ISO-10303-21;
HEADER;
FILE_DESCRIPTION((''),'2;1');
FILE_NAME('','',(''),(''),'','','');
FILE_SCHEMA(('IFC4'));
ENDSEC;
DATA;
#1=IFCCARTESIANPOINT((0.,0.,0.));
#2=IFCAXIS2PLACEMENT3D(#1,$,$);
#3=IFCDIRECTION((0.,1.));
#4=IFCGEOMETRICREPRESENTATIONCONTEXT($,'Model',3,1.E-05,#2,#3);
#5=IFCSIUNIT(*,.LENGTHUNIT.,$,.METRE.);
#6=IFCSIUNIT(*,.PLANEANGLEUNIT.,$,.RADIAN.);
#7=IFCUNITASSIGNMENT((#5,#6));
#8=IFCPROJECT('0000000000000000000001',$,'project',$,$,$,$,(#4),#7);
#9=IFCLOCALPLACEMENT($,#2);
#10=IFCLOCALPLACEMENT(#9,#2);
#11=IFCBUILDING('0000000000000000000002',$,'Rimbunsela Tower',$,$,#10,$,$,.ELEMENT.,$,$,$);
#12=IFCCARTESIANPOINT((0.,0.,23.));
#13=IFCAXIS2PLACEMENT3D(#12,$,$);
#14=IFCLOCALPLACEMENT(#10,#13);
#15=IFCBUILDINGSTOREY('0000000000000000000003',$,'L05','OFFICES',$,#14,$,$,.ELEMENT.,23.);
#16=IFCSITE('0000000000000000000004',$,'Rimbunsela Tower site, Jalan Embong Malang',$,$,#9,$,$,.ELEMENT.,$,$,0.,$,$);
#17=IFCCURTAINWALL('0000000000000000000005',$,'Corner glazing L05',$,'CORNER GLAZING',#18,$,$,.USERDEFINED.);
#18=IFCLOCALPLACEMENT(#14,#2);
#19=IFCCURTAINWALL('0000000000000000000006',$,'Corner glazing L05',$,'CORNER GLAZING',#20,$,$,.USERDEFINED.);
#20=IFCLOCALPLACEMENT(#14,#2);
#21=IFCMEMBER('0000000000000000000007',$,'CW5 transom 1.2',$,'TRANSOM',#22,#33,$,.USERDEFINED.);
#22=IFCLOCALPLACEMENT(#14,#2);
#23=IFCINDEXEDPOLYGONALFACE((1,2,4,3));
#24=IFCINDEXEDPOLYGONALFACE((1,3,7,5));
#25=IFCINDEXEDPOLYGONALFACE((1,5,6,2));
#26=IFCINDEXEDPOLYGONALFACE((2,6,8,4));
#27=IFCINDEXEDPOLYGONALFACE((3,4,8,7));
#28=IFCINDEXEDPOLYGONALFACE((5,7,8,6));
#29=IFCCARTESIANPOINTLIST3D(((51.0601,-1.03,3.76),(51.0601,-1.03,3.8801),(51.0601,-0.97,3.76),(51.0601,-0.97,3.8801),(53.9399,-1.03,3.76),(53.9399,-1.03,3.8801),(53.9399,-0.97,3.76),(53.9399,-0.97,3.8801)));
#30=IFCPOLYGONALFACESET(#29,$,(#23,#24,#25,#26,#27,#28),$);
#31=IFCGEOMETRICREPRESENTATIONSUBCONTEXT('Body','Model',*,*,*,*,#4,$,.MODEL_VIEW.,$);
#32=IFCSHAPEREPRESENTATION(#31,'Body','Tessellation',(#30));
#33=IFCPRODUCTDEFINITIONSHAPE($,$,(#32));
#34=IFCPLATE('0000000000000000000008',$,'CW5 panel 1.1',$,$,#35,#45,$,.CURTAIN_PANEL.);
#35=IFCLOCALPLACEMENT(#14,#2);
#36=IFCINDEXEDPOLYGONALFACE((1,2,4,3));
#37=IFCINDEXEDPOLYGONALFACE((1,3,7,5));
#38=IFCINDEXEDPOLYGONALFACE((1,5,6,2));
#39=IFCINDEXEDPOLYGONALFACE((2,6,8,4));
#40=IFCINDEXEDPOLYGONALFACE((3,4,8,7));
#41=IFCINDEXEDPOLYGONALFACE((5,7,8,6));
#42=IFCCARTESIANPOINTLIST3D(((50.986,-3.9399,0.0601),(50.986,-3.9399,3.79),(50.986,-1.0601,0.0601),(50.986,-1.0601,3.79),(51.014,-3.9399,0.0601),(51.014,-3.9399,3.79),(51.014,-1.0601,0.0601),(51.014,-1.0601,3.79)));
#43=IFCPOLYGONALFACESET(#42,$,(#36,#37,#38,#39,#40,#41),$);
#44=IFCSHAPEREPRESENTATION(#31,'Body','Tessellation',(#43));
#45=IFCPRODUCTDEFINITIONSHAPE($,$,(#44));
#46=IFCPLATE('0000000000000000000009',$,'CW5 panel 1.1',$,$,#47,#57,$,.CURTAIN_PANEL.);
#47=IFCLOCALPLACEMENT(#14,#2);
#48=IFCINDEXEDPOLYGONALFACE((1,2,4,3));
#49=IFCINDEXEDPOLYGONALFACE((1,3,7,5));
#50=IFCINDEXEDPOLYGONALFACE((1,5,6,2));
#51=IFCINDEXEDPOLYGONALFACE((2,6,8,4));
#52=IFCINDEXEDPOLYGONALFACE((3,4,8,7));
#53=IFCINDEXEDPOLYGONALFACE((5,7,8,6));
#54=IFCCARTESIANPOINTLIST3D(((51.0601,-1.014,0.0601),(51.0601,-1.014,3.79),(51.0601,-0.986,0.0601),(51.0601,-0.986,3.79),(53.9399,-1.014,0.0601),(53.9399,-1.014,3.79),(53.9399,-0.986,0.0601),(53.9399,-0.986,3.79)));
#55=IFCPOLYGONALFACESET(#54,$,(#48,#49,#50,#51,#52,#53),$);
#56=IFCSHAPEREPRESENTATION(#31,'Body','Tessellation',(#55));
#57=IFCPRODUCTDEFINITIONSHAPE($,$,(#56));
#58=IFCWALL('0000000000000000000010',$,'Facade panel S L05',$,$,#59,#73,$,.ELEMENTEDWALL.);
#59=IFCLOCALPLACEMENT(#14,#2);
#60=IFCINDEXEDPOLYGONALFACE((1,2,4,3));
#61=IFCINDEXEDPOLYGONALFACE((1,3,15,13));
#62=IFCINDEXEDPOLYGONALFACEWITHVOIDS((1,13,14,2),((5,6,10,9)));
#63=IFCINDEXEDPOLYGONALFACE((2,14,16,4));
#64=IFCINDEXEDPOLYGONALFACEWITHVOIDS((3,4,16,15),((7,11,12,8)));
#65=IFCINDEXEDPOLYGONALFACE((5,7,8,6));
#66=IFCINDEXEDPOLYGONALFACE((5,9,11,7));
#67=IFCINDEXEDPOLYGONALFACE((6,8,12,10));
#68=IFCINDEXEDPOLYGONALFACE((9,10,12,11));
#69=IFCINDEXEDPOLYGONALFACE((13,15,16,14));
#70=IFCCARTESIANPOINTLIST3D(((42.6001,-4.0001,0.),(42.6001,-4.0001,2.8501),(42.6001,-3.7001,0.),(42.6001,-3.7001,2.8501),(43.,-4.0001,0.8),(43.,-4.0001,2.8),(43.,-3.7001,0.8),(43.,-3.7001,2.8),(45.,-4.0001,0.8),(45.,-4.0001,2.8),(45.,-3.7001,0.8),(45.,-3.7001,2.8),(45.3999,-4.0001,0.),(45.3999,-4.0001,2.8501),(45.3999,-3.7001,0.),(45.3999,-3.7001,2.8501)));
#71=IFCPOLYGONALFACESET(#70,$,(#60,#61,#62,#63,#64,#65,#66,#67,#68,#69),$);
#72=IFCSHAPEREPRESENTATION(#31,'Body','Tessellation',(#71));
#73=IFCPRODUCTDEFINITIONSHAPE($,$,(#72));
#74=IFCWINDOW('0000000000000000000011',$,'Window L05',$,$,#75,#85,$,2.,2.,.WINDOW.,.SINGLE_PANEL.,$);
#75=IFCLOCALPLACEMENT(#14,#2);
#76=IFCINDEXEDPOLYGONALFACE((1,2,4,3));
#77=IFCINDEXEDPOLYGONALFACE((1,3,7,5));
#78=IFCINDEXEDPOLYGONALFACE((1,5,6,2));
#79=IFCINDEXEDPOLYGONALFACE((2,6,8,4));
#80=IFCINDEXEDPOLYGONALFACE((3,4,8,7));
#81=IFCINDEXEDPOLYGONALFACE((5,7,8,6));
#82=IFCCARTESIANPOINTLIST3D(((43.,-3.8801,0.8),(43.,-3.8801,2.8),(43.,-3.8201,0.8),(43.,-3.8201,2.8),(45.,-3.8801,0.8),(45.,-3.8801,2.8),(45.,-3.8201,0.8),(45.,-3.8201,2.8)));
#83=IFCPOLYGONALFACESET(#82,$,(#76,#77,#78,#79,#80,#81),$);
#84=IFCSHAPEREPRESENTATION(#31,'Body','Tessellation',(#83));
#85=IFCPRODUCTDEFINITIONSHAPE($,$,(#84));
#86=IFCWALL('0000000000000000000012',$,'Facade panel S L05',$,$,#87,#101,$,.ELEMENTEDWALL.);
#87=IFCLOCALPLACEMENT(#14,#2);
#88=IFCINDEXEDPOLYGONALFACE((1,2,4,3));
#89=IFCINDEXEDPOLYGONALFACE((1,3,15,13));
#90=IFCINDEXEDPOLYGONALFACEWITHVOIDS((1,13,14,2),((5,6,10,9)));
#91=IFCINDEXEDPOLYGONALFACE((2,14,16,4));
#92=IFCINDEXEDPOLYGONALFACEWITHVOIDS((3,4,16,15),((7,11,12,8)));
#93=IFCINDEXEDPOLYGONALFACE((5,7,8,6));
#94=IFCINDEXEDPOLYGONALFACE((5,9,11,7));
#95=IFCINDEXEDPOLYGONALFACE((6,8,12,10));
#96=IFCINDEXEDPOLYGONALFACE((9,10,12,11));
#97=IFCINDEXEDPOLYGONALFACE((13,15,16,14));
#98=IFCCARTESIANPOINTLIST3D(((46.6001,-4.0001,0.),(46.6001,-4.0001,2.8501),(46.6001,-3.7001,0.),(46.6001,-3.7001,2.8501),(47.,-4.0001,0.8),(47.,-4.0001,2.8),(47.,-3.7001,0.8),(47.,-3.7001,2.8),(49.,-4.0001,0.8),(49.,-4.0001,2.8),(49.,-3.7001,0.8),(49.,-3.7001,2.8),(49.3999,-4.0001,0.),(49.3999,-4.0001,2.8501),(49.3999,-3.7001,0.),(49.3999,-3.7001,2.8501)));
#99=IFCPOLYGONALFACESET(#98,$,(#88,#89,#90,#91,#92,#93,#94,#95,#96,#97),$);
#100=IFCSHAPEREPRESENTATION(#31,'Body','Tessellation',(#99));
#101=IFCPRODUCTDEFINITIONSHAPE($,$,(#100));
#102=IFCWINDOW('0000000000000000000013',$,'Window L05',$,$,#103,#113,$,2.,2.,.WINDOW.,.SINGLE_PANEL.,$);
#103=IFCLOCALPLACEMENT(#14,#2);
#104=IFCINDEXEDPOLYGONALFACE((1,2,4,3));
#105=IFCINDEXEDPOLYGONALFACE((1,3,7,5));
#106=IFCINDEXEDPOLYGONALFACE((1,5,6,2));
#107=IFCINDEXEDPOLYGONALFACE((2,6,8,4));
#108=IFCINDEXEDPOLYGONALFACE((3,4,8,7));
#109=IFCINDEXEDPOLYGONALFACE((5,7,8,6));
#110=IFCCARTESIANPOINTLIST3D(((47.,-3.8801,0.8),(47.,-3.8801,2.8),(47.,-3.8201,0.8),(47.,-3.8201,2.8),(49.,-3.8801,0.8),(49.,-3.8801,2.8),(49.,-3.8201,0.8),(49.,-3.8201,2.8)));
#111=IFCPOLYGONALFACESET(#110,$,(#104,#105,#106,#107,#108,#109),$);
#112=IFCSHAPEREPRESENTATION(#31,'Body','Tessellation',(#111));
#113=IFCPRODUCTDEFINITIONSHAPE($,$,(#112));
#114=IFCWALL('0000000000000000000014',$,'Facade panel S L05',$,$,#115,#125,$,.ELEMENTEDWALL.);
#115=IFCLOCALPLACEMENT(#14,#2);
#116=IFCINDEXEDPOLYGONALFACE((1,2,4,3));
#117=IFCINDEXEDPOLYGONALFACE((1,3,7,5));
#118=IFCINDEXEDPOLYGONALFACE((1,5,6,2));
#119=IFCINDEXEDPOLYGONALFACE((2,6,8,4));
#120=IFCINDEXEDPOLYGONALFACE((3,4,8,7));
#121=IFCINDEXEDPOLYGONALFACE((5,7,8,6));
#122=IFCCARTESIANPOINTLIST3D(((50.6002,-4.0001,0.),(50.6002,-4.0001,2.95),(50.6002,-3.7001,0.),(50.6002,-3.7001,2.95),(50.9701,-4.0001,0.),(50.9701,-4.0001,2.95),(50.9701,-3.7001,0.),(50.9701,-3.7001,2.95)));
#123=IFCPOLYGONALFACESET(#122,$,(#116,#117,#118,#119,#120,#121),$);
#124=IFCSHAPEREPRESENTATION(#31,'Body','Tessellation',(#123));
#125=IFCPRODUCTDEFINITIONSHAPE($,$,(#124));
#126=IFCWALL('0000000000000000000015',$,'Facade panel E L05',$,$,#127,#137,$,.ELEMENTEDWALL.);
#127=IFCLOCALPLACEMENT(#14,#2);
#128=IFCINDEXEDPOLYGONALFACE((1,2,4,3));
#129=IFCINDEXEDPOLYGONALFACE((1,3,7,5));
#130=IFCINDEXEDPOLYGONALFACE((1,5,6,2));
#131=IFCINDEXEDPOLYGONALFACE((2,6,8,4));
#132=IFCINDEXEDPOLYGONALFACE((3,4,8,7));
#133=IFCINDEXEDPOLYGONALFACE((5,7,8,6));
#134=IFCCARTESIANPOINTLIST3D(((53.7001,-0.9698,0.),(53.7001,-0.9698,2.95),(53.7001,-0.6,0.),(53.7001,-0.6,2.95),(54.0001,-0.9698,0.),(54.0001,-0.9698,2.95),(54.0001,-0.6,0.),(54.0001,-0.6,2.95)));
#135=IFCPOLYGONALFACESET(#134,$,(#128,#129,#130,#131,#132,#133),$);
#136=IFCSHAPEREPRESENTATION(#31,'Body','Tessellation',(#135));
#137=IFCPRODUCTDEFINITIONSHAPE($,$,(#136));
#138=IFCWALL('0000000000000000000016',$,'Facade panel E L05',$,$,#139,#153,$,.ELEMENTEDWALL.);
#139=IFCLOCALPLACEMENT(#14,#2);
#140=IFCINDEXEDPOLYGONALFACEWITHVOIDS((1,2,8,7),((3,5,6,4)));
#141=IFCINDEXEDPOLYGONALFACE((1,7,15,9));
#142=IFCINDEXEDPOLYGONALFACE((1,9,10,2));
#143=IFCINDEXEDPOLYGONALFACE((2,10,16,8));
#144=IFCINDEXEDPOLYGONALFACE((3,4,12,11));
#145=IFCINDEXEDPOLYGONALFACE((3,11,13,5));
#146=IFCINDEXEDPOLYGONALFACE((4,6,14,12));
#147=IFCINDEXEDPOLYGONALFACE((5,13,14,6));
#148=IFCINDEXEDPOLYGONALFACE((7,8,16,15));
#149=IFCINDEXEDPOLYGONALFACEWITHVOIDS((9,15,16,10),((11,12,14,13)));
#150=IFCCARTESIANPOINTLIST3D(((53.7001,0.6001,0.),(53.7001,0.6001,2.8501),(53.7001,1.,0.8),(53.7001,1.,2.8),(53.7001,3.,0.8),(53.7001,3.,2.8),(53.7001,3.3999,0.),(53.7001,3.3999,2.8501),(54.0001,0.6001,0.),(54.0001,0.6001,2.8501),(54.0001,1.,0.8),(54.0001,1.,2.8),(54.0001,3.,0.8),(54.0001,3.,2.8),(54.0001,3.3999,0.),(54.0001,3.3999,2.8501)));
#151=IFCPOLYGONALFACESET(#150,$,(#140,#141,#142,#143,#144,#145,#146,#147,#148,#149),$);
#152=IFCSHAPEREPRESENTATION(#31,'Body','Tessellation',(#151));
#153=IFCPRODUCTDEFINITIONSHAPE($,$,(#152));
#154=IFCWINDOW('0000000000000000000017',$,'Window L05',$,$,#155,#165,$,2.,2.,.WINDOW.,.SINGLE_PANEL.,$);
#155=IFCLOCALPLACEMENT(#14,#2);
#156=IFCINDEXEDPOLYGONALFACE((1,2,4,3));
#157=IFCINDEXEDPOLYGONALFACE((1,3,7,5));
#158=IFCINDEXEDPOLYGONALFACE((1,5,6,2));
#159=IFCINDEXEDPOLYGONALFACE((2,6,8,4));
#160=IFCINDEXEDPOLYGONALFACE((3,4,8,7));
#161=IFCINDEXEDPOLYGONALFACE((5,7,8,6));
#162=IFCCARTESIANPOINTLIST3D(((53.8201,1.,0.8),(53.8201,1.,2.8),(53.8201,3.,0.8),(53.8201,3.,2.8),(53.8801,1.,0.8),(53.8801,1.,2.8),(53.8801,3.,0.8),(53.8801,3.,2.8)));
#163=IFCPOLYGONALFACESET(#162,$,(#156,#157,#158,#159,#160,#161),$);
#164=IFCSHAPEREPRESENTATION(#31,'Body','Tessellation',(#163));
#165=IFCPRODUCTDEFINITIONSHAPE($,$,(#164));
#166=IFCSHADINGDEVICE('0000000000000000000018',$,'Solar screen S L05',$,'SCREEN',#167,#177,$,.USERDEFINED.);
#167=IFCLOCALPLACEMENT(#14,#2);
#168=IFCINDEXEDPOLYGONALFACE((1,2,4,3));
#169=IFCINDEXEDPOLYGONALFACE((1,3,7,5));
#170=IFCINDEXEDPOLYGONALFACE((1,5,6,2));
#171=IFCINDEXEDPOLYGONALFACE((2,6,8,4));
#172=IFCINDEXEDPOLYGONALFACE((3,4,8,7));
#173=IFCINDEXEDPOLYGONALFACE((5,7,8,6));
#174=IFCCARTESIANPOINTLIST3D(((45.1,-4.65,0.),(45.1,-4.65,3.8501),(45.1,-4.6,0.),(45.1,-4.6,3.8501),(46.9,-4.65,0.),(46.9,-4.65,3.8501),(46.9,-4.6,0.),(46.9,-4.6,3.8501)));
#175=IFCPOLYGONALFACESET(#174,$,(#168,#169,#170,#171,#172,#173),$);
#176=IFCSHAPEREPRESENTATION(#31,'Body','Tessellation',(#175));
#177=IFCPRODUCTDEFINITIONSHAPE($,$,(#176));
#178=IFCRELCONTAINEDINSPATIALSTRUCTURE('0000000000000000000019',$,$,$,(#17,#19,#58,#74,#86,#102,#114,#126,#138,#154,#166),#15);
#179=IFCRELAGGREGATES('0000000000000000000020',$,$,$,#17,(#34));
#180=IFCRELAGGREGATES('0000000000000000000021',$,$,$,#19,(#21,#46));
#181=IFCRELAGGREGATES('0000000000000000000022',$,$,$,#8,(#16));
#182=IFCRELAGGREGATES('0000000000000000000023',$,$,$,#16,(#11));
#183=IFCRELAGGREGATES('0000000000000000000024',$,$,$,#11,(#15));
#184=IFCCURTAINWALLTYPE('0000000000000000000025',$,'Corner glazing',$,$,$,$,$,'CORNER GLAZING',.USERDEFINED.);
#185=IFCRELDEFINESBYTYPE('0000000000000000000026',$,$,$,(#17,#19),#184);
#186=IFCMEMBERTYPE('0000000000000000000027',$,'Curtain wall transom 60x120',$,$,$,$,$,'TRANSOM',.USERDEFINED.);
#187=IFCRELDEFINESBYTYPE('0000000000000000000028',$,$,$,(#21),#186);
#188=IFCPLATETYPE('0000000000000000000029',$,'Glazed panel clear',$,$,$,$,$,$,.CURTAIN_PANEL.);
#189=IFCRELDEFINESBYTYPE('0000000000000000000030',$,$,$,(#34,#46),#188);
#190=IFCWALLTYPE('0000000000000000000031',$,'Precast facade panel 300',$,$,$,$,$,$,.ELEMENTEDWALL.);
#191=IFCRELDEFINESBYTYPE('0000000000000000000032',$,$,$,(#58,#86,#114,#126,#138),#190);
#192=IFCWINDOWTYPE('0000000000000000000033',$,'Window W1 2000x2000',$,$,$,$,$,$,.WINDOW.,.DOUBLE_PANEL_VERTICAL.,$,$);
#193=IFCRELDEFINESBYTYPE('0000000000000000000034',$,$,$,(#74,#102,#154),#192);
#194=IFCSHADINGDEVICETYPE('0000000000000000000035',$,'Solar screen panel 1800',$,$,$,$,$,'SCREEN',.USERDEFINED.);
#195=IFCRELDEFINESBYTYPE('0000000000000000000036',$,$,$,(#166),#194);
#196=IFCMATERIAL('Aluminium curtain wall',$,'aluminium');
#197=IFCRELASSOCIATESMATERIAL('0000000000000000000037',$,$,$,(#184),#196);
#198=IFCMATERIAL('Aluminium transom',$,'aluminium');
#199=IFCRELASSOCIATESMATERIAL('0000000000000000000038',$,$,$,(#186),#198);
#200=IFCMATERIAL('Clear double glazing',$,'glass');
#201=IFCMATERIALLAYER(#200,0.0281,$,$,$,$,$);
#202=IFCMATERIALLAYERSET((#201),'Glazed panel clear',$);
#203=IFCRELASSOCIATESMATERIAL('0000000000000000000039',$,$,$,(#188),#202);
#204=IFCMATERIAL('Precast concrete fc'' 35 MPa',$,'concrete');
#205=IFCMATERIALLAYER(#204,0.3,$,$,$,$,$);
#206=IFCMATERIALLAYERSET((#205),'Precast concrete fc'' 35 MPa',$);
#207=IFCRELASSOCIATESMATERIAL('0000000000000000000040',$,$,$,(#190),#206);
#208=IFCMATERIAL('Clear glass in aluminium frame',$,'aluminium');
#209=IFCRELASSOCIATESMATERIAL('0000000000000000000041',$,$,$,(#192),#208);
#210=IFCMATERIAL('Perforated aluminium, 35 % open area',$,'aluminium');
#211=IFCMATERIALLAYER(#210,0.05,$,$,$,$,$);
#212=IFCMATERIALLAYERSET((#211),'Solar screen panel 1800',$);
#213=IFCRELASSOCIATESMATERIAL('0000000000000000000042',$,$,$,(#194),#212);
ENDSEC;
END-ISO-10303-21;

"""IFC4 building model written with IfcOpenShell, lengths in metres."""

from ifc_helpers import new_model, si_unit, direction, frame, frame_2d, origin, origin_2d, place, context, subcontext, project, spatial, rectangle, extrude, material, layer, layer_set, material_profile, profile_set, type_object, element, fill, aggregate, save


model = new_model("IFC4")

# Units and contexts
model_context = context("Model", 3, precision=1e-05, world=origin(), true_north=direction((0.0, 1.0)))
body_context = subcontext(model_context, "Body", "Model", "MODEL_VIEW")
ifc_project = project(units=[si_unit("LENGTHUNIT", "METRE"), si_unit("PLANEANGLEUNIT", "RADIAN")], contexts=[model_context])

# Site, building, storey
site_placement = place(None, origin())
site = spatial("IfcSite", under=ifc_project, at=site_placement, Name="Rimbunsela Tower site, Jalan Embong Malang", CompositionType="ELEMENT", RefElevation=0.0)
building_placement = place(site_placement, origin())
building = spatial("IfcBuilding", under=site, at=building_placement, Name="Rimbunsela Tower", CompositionType="ELEMENT")
storey_placement = place(building_placement, frame((0.0, 0.0, 23.0)))
storey = spatial("IfcBuildingStorey", under=building, at=storey_placement, Name="L05", Description="OFFICES", CompositionType="ELEMENT", Elevation=23.0)

# Curtain walls
ifc_material_1 = material(Name="Aluminium curtain wall", Category="aluminium")
curtain_wall_type = type_object("IfcCurtainWallType", Name="Corner glazing", ElementType="CORNER GLAZING", PredefinedType="USERDEFINED", material=ifc_material_1)
curtain_wall_1_placement = place(storey_placement, origin())
curtain_wall_1 = element("IfcCurtainWall", 1, at=curtain_wall_1_placement, inside=storey, type_object=curtain_wall_type, Name="Corner glazing L05", ObjectType="CORNER GLAZING", PredefinedType="USERDEFINED")
curtain_wall_2_placement = place(storey_placement, origin())
curtain_wall_2 = element("IfcCurtainWall", 2, at=curtain_wall_2_placement, inside=storey, type_object=curtain_wall_type, Name="Corner glazing L05", ObjectType="CORNER GLAZING", PredefinedType="USERDEFINED")

# Member
ifc_material_2 = material(Name="Aluminium transom", Category="aluminium")
ifc_material_profile_1 = material_profile(ifc_material_2, rectangle(XDim=0.0601, YDim=0.1201, at=origin_2d()), Name="Transom 60x120")
ifc_profile_set_1 = profile_set([ifc_material_profile_1], Name="Aluminium transom")
member_type_1 = type_object("IfcMemberType", Name="Curtain wall transom 60x120", ElementType="TRANSOM", PredefinedType="USERDEFINED", material=ifc_profile_set_1)
member_1_placement = place(storey_placement, frame((51.0601, -1.0, 3.8201), z_axis=(1.0, 0.0, 0.0), x_axis=(0.0, 1.0, 0.0)))
member_1 = element("IfcMember", 3, at=member_1_placement, type_object=member_type_1, Name="CW5 transom 1.2", ObjectType="TRANSOM", PredefinedType="USERDEFINED", context=body_context, shape_type="SweptSolid", body=[
    extrude(rectangle(XDim=0.0601, YDim=0.1201, at=origin_2d()), origin(), (0.0, 0.0, 1.0), 2.8799),
])

# Plates
ifc_material_3 = material(Name="Clear double glazing", Category="glass")
ifc_layer_1 = layer(ifc_material_3, 0.0281)
ifc_layer_set_1 = layer_set([ifc_layer_1], Name="Glazed panel clear")
plate_type = type_object("IfcPlateType", Name="Glazed panel clear", PredefinedType="CURTAIN_PANEL", material=ifc_layer_set_1)
plate_1_placement = place(storey_placement, frame((51.0, -2.5, 0.0601), z_axis=(0.0, 0.0, 1.0), x_axis=(0.0, 1.0, 0.0)))
plate_1 = element("IfcPlate", 4, at=plate_1_placement, type_object=plate_type, Name="CW5 panel 1.1", PredefinedType="CURTAIN_PANEL", context=body_context, shape_type="SweptSolid", body=[
    extrude(rectangle(XDim=2.8799, YDim=0.0281, at=origin_2d()), origin(), (0.0, 0.0, 1.0), 3.73),
])
aggregate(curtain_wall_1, [plate_1])
plate_2_placement = place(storey_placement, frame((52.5, -1.0, 0.0601), z_axis=(0.0, 0.0, 1.0), x_axis=(1.0, 0.0, 0.0)))
plate_2 = element("IfcPlate", 5, at=plate_2_placement, type_object=plate_type, Name="CW5 panel 1.1", PredefinedType="CURTAIN_PANEL", context=body_context, shape_type="SweptSolid", body=[
    extrude(rectangle(XDim=2.8799, YDim=0.0281, at=origin_2d()), origin(), (0.0, 0.0, 1.0), 3.73),
])
aggregate(curtain_wall_2, [member_1, plate_2])

# Walls, openings, windows
ifc_material_4 = material(Name="Precast concrete fc' 35 MPa", Category="concrete")
ifc_layer_2 = layer(ifc_material_4, 0.3)
ifc_layer_set_2 = layer_set([ifc_layer_2], Name="Precast concrete fc' 35 MPa")
wall_type = type_object("IfcWallType", Name="Precast facade panel 300", PredefinedType="ELEMENTEDWALL", material=ifc_layer_set_2)
wall_1_placement = place(storey_placement, frame((42.6001, -3.8501, 0.0), z_axis=(0.0, 0.0, 1.0), x_axis=(1.0, 0.0, 0.0)))
wall_1 = element("IfcWall", 6, at=wall_1_placement, inside=storey, type_object=wall_type, Name="Facade panel S L05", PredefinedType="ELEMENTEDWALL", context=body_context, shape_type="SweptSolid", body=[
    extrude(rectangle(XDim=2.7998, YDim=0.3, at=frame_2d((1.3999, 0.0))), origin(), (0.0, 0.0, 1.0), 2.8501),
])
opening_1_placement = place(wall_1_placement, frame((0.3999, 0.0, 0.8)))
opening_1 = element("IfcOpeningElement", 7, at=opening_1_placement, cuts=wall_1, PredefinedType="OPENING", context=body_context, shape_type="SweptSolid", body=[
    extrude(rectangle(XDim=2.0, YDim=2.0, at=frame_2d((1.0, 1.0))), frame((0.0, 0.1599, 0.0), z_axis=(0.0, -1.0, 0.0), x_axis=(1.0, 0.0, 0.0)), (0.0, 0.0, 1.0), 0.3201),
])
ifc_material_5 = material(Name="Clear glass in aluminium frame", Category="aluminium")
window_type = type_object("IfcWindowType", Name="Window W1 2000x2000", PartitioningType="DOUBLE_PANEL_VERTICAL", PredefinedType="WINDOW", material=ifc_material_5)
window_1_placement = place(opening_1_placement, origin())
window_1 = element("IfcWindow", 8, at=window_1_placement, inside=storey, type_object=window_type, Name="Window L05", OverallHeight=2.0, OverallWidth=2.0, PartitioningType="SINGLE_PANEL", PredefinedType="WINDOW", context=body_context, shape_type="SweptSolid", body=[
    extrude(rectangle(XDim=2.0, YDim=2.0, at=frame_2d((1.0, 1.0))), frame((0.0, 0.03, 0.0), z_axis=(0.0, -1.0, 0.0), x_axis=(1.0, 0.0, 0.0)), (0.0, 0.0, 1.0), 0.0601),
])
fill(opening_1, window_1)
wall_2_placement = place(storey_placement, frame((46.6001, -3.8501, 0.0), z_axis=(0.0, 0.0, 1.0), x_axis=(1.0, 0.0, 0.0)))
wall_2 = element("IfcWall", 9, at=wall_2_placement, inside=storey, type_object=wall_type, Name="Facade panel S L05", PredefinedType="ELEMENTEDWALL", context=body_context, shape_type="SweptSolid", body=[
    extrude(rectangle(XDim=2.7998, YDim=0.3, at=frame_2d((1.3999, 0.0))), origin(), (0.0, 0.0, 1.0), 2.8501),
])
opening_2_placement = place(wall_2_placement, frame((0.3999, 0.0, 0.8)))
opening_2 = element("IfcOpeningElement", 10, at=opening_2_placement, cuts=wall_2, PredefinedType="OPENING", context=body_context, shape_type="SweptSolid", body=[
    extrude(rectangle(XDim=2.0, YDim=2.0, at=frame_2d((1.0, 1.0))), frame((0.0, 0.1599, 0.0), z_axis=(0.0, -1.0, 0.0), x_axis=(1.0, 0.0, 0.0)), (0.0, 0.0, 1.0), 0.3201),
])
window_2_placement = place(opening_2_placement, origin())
window_2 = element("IfcWindow", 11, at=window_2_placement, inside=storey, type_object=window_type, Name="Window L05", OverallHeight=2.0, OverallWidth=2.0, PartitioningType="SINGLE_PANEL", PredefinedType="WINDOW", context=body_context, shape_type="SweptSolid", body=[
    extrude(rectangle(XDim=2.0, YDim=2.0, at=frame_2d((1.0, 1.0))), frame((0.0, 0.03, 0.0), z_axis=(0.0, -1.0, 0.0), x_axis=(1.0, 0.0, 0.0)), (0.0, 0.0, 1.0), 0.0601),
])
fill(opening_2, window_2)

# Walls
for number, where, z_axis, x_axis, name in (
    (12, (50.6001, -3.8501, 0.0), (0.0, 0.0, 1.0), (1.0, 0.0, 0.0), "Facade panel S L05"),
    (13, (53.8501, -0.97, 0.0), (0.0, 0.0, 1.0), (0.0, 1.0, 0.0), "Facade panel E L05"),
):
    element("IfcWall", number, at=place(storey_placement, frame(where, z_axis=z_axis, x_axis=x_axis)), inside=storey, type_object=wall_type, Name=name, PredefinedType="ELEMENTEDWALL", context=body_context, shape_type="SweptSolid", body=[
        extrude(rectangle(XDim=0.3699, YDim=0.3, at=frame_2d((0.1851, 0.0))), origin(), (0.0, 0.0, 1.0), 2.95),
    ])

# Wall, opening, window
wall_3_placement = place(storey_placement, frame((53.8501, 0.6001, 0.0), z_axis=(0.0, 0.0, 1.0), x_axis=(0.0, 1.0, 0.0)))
wall_3 = element("IfcWall", 14, at=wall_3_placement, inside=storey, type_object=wall_type, Name="Facade panel E L05", PredefinedType="ELEMENTEDWALL", context=body_context, shape_type="SweptSolid", body=[
    extrude(rectangle(XDim=2.7998, YDim=0.3, at=frame_2d((1.3999, 0.0))), origin(), (0.0, 0.0, 1.0), 2.8501),
])
opening_3_placement = place(wall_3_placement, frame((0.3999, 0.0, 0.8)))
opening_3 = element("IfcOpeningElement", 15, at=opening_3_placement, cuts=wall_3, PredefinedType="OPENING", context=body_context, shape_type="SweptSolid", body=[
    extrude(rectangle(XDim=2.0, YDim=2.0, at=frame_2d((1.0, 1.0))), frame((0.0, 0.1599, 0.0), z_axis=(0.0, -1.0, 0.0), x_axis=(1.0, 0.0, 0.0)), (0.0, 0.0, 1.0), 0.3201),
])
window_3_placement = place(opening_3_placement, origin())
window_3 = element("IfcWindow", 16, at=window_3_placement, inside=storey, type_object=window_type, Name="Window L05", OverallHeight=2.0, OverallWidth=2.0, PartitioningType="SINGLE_PANEL", PredefinedType="WINDOW", context=body_context, shape_type="SweptSolid", body=[
    extrude(rectangle(XDim=2.0, YDim=2.0, at=frame_2d((1.0, 1.0))), frame((0.0, 0.03, 0.0), z_axis=(0.0, -1.0, 0.0), x_axis=(1.0, 0.0, 0.0)), (0.0, 0.0, 1.0), 0.0601),
])
fill(opening_3, window_3)

# Shading device
ifc_material_6 = material(Name="Perforated aluminium, 35 % open area", Category="aluminium")
ifc_layer_3 = layer(ifc_material_6, 0.05)
ifc_layer_set_3 = layer_set([ifc_layer_3], Name="Solar screen panel 1800")
shading_device_type = type_object("IfcShadingDeviceType", Name="Solar screen panel 1800", ElementType="SCREEN", PredefinedType="USERDEFINED", material=ifc_layer_set_3)
for number, where, z_axis, x_axis, name in (
    (17, (46.0, -4.625, 0.0), (0.0, 0.0, 1.0), (1.0, 0.0, 0.0), "Solar screen S L05"),
):
    element("IfcShadingDevice", number, at=place(storey_placement, frame(where, z_axis=z_axis, x_axis=x_axis)), inside=storey, type_object=shading_device_type, Name=name, ObjectType="SCREEN", PredefinedType="USERDEFINED", context=body_context, shape_type="SweptSolid", body=[
        extrude(rectangle(XDim=1.8, YDim=0.05, at=origin_2d()), origin(), (0.0, 0.0, 1.0), 3.8501),
    ])

save(model, "model.ifc")
